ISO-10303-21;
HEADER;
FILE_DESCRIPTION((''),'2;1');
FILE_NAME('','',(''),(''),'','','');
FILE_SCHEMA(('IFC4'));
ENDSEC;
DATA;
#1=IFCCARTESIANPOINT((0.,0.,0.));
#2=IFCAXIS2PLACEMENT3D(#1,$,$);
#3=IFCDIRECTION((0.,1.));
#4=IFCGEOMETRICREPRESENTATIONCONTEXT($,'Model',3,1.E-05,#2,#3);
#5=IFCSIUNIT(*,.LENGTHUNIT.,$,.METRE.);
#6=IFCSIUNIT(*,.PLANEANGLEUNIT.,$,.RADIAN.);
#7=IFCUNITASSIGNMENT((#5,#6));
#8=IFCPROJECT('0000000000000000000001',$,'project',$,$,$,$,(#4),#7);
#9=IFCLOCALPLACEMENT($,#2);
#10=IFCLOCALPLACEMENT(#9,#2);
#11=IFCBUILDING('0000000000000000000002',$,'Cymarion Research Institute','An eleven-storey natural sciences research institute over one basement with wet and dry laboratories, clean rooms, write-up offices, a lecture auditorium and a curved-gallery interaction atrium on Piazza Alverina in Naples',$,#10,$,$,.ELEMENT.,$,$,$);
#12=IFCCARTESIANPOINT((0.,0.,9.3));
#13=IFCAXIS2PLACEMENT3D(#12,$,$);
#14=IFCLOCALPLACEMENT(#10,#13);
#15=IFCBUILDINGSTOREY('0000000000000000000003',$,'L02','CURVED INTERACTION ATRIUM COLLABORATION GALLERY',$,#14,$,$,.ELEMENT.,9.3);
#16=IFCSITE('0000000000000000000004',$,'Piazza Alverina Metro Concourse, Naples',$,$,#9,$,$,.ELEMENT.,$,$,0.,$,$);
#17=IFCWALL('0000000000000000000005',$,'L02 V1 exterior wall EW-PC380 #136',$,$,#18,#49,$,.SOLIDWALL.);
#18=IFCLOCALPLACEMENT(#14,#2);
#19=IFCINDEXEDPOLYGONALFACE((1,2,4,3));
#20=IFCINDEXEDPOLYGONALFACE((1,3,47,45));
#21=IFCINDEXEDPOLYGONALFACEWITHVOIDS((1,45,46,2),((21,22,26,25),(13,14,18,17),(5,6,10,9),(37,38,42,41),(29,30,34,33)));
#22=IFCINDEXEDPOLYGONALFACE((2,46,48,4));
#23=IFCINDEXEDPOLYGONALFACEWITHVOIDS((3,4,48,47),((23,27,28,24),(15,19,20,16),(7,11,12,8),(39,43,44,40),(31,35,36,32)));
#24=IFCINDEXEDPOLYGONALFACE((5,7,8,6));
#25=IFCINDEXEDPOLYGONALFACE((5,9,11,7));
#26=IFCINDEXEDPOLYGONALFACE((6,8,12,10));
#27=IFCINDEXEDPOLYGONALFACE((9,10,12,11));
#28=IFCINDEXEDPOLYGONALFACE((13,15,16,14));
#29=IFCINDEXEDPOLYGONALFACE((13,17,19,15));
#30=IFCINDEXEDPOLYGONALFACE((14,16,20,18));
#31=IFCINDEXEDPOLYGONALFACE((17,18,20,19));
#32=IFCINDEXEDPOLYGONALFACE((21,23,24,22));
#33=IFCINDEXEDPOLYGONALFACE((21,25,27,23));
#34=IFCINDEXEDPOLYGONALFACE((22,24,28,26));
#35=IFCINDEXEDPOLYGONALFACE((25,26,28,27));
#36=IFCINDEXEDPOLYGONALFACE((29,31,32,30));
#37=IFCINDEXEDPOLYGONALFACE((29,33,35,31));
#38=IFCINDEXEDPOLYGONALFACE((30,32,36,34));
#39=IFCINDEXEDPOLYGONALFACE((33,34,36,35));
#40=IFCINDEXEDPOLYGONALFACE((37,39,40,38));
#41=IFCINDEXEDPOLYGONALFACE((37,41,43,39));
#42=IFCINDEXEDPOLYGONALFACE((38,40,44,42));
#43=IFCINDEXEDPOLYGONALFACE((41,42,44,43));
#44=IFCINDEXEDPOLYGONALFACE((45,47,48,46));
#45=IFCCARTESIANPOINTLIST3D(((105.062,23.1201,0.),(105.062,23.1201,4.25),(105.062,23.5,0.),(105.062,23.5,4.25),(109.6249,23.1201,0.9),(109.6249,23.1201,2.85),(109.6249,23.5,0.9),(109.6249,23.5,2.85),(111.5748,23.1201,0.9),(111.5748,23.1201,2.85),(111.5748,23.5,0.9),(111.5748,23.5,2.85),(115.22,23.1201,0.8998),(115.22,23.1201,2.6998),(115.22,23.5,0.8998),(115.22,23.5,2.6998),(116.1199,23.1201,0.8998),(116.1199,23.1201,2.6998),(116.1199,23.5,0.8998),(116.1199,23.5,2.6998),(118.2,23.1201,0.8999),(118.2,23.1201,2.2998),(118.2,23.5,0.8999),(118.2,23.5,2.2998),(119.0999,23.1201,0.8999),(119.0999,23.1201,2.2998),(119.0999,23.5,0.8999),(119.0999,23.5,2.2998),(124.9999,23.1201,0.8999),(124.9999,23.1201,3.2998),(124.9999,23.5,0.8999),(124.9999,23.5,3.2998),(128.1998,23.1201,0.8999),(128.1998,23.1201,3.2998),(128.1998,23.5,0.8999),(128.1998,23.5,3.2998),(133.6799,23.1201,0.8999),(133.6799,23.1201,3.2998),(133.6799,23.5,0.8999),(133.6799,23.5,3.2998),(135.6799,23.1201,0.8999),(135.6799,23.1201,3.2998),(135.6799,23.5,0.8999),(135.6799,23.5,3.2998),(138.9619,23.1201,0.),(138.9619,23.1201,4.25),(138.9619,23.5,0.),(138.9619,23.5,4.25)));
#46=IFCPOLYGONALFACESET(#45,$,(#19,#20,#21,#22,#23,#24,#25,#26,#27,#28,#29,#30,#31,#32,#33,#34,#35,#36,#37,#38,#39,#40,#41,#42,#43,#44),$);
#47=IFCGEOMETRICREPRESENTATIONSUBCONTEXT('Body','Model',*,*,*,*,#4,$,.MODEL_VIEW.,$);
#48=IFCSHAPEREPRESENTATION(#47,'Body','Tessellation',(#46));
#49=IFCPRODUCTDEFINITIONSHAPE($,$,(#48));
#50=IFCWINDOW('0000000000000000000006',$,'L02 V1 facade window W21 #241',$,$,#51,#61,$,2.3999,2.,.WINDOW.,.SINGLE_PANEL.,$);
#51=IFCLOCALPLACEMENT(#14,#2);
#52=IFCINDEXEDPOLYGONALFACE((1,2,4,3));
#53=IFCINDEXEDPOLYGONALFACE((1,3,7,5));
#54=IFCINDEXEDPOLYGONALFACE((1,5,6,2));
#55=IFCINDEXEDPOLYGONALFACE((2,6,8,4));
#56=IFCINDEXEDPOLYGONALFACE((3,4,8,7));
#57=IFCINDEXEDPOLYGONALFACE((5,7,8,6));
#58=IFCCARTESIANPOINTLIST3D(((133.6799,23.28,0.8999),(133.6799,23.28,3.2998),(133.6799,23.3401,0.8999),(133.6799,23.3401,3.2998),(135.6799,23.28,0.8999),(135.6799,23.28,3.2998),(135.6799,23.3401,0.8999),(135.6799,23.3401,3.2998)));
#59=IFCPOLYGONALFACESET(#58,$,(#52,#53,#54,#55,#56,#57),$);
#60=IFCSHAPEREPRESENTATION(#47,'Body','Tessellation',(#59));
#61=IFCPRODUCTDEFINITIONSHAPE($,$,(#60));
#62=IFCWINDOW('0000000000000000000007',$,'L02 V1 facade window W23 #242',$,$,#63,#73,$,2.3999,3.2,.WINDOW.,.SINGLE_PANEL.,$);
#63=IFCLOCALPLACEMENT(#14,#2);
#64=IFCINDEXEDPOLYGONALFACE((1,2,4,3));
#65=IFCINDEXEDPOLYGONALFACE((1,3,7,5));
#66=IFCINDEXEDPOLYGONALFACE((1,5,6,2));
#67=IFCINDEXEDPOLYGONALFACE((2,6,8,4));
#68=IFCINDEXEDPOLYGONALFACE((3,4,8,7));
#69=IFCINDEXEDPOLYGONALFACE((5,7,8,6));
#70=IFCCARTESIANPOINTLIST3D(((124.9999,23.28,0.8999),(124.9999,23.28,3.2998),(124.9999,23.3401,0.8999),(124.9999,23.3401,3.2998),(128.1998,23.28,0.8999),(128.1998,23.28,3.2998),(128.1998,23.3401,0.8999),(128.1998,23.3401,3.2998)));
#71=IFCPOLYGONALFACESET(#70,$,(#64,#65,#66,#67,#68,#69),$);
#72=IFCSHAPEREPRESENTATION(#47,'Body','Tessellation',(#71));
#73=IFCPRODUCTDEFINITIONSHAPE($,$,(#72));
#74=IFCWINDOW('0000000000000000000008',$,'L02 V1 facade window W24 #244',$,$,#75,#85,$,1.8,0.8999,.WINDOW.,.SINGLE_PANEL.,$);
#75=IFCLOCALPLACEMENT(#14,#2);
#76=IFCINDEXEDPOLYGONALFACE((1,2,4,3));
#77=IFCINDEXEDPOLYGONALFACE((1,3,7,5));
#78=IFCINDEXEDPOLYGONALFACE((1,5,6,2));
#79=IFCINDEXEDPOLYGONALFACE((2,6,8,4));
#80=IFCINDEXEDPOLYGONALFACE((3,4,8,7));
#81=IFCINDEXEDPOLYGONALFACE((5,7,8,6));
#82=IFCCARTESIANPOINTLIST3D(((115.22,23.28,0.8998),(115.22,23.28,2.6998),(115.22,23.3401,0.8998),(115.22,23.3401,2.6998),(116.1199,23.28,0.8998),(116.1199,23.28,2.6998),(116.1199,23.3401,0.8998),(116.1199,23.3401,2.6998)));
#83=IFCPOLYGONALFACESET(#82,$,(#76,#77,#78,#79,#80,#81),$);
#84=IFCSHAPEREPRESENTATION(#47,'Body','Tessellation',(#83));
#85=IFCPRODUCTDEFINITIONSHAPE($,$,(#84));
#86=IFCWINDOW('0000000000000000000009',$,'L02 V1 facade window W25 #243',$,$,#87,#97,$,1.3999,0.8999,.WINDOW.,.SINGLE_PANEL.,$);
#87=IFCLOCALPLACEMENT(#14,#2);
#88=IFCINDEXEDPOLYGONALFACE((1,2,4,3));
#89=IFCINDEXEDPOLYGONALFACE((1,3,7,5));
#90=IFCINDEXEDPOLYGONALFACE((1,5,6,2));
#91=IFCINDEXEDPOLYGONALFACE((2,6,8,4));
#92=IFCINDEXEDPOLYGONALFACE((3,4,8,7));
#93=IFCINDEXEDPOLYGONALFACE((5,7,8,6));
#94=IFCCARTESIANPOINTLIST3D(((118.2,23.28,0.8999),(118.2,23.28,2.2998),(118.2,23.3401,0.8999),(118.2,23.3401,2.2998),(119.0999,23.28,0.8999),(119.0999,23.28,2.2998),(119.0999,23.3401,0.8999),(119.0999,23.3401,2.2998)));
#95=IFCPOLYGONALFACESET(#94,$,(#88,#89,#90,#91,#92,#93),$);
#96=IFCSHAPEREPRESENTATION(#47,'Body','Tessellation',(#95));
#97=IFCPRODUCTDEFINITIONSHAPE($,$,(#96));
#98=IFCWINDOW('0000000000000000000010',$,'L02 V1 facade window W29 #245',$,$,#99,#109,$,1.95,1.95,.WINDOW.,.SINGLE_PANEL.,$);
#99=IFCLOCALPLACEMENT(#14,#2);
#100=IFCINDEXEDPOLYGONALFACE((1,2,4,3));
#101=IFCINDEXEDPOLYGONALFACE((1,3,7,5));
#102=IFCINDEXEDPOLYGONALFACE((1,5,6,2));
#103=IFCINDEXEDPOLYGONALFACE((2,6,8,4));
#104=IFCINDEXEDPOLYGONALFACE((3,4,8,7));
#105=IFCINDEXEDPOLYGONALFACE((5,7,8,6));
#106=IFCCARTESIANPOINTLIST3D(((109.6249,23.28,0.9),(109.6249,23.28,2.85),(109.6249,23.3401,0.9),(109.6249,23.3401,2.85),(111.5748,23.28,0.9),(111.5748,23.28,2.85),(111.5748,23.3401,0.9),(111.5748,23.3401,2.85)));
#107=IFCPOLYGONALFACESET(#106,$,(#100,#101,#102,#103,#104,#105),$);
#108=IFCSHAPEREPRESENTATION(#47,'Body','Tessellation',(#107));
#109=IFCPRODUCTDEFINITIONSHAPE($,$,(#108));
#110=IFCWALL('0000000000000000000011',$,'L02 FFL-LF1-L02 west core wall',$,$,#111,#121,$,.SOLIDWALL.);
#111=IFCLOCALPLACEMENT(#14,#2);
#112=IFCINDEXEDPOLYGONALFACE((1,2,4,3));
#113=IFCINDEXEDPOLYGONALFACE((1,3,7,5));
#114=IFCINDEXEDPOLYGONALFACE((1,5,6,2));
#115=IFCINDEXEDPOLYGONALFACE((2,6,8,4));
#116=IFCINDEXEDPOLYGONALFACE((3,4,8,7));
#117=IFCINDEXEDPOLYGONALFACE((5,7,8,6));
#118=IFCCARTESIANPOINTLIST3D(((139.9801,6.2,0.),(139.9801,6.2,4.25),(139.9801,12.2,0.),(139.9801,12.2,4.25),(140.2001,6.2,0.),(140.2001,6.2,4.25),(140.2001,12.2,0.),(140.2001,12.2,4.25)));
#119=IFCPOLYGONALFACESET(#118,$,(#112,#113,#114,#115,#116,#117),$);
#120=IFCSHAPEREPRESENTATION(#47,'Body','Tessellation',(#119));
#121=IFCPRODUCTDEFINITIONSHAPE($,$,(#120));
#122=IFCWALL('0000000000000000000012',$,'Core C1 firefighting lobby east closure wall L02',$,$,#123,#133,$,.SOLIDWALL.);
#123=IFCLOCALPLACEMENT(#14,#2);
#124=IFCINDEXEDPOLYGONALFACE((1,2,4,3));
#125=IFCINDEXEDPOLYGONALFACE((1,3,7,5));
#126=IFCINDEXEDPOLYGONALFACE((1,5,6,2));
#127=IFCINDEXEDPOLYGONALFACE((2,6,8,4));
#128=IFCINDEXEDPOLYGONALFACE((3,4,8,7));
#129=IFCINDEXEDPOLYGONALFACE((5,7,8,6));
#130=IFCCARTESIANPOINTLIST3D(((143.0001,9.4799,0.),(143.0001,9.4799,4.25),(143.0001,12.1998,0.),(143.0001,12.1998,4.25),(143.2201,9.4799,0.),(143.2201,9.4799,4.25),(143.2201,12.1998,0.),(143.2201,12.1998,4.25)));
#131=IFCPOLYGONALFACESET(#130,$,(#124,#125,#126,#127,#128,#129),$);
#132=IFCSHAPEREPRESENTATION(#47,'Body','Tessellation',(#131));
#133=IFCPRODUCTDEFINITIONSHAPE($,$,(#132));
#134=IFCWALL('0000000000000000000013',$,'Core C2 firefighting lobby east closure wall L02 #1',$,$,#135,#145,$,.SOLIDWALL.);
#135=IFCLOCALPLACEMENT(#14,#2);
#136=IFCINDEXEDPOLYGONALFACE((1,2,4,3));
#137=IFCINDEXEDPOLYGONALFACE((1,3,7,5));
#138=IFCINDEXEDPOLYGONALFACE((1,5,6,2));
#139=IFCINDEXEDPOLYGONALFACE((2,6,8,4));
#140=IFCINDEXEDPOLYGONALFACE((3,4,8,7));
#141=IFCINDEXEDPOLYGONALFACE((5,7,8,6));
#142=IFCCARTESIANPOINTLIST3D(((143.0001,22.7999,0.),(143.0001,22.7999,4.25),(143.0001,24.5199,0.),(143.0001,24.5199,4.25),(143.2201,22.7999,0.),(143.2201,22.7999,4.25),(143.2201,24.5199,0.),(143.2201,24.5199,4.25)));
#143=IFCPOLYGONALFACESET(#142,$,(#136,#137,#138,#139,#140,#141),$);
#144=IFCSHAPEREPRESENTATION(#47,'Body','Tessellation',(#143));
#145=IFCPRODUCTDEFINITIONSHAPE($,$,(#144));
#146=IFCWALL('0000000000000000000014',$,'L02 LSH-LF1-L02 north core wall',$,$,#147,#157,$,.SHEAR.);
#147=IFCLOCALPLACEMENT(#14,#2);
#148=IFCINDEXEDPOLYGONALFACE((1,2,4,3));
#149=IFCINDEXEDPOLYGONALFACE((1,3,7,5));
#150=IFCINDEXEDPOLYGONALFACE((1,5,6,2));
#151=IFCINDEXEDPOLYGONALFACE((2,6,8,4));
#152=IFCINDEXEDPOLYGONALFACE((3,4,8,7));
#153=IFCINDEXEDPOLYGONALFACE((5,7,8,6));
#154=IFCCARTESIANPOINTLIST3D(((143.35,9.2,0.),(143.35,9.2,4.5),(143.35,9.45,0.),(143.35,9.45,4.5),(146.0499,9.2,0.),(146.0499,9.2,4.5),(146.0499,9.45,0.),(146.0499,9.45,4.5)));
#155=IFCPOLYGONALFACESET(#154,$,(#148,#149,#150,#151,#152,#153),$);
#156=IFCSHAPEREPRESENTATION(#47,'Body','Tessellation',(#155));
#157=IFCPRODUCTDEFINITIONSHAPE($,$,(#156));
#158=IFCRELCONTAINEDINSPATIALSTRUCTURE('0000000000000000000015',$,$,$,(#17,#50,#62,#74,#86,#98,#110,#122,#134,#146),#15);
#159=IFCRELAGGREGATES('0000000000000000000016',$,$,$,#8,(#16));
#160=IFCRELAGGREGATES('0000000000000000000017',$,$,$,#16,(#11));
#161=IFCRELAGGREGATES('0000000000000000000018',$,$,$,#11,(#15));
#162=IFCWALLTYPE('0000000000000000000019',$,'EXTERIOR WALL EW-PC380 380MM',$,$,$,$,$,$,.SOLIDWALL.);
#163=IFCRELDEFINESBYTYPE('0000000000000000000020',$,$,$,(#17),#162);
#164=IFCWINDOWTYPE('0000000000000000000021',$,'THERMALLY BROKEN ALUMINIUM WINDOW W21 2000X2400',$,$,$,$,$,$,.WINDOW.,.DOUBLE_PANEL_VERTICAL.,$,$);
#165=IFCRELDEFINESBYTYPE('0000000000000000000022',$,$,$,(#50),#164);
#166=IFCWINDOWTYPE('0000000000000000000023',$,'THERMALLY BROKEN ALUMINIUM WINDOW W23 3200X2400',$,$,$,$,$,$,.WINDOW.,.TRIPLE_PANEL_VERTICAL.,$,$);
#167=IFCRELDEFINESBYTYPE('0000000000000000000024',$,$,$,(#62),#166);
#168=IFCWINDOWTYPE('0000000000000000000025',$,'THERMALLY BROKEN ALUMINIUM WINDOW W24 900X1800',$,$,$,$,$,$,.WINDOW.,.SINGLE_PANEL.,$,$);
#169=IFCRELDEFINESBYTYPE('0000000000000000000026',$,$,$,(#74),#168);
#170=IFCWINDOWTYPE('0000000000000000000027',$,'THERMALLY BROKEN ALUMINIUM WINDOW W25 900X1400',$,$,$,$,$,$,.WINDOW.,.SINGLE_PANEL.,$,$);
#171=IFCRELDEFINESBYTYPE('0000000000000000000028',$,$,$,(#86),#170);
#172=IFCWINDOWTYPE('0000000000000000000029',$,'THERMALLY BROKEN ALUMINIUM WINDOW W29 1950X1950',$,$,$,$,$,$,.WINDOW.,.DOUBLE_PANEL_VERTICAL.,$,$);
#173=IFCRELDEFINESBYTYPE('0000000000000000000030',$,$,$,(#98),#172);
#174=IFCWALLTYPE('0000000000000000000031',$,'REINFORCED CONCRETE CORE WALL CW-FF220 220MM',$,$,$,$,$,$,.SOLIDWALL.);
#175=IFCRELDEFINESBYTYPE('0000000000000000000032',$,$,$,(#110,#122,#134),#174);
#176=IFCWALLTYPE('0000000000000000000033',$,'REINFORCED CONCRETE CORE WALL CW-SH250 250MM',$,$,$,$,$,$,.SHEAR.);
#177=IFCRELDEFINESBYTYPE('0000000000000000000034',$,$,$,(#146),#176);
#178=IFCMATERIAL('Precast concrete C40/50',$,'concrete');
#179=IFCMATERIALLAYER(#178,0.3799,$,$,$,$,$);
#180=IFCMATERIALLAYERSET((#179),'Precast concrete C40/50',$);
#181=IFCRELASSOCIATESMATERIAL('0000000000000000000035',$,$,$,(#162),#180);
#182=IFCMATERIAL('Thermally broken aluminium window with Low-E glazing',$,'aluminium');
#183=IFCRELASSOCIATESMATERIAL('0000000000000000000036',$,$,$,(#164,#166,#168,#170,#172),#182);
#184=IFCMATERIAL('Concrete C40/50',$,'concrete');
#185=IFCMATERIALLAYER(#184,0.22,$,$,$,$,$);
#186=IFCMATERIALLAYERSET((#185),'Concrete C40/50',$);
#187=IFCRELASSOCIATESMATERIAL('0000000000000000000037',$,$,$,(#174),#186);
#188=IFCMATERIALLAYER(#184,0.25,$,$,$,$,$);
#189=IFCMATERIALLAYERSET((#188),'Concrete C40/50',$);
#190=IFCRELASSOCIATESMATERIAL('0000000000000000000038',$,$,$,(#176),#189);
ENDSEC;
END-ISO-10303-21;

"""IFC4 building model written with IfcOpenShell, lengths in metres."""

from ifc_helpers import new_model, si_unit, direction, frame, frame_2d, origin, place, context, subcontext, project, spatial, rectangle, extrude, material, layer, layer_set, type_object, element, fill, save


model = new_model("IFC4")

# Units and contexts
model_context = context("Model", 3, precision=1e-05, world=origin(), true_north=direction((0.0, 1.0)))
body_context = subcontext(model_context, "Body", "Model", "MODEL_VIEW")
ifc_project = project(units=[si_unit("LENGTHUNIT", "METRE"), si_unit("PLANEANGLEUNIT", "RADIAN")], contexts=[model_context])

# Site, building, storey
site_placement = place(None, origin())
site = spatial("IfcSite", under=ifc_project, at=site_placement, Name="Piazza Alverina Metro Concourse, Naples", CompositionType="ELEMENT", RefElevation=0.0)
building_placement = place(site_placement, origin())
building = spatial("IfcBuilding", under=site, at=building_placement, Name="Cymarion Research Institute", Description="An eleven-storey natural sciences research institute over one basement with wet and dry laboratories, clean rooms, write-up offices, a lecture auditorium and a curved-gallery interaction atrium on Piazza Alverina in Naples", CompositionType="ELEMENT")
storey_placement = place(building_placement, frame((0.0, 0.0, 9.3)))
storey = spatial("IfcBuildingStorey", under=building, at=storey_placement, Name="L02", Description="CURVED INTERACTION ATRIUM COLLABORATION GALLERY", CompositionType="ELEMENT", Elevation=9.3)

# Wall, openings, windows
ifc_material_1 = material(Name="Precast concrete C40/50", Category="concrete")
ifc_layer_1 = layer(ifc_material_1, 0.3799)
ifc_layer_set_1 = layer_set([ifc_layer_1], Name="Precast concrete C40/50")
wall_type_1 = type_object("IfcWallType", Name="EXTERIOR WALL EW-PC380 380MM", PredefinedType="SOLIDWALL", material=ifc_layer_set_1)
wall_1_placement = place(storey_placement, frame((138.9619, 23.3101, 0.0), z_axis=(0.0, 0.0, 1.0), x_axis=(-1.0, 0.0, 0.0)))
wall_1 = element("IfcWall", 1, at=wall_1_placement, inside=storey, type_object=wall_type_1, Name="L02 V1 exterior wall EW-PC380 #136", PredefinedType="SOLIDWALL", context=body_context, shape_type="SweptSolid", body=[
    extrude(rectangle(XDim=33.8999, YDim=0.3799, at=frame_2d((16.95, 0.0))), origin(), (0.0, 0.0, 1.0), 4.25),
])
opening_1_placement = place(wall_1_placement, frame((3.282, 0.0, 0.8999)))
opening_1 = element("IfcOpeningElement", 2, at=opening_1_placement, cuts=wall_1, PredefinedType="OPENING", context=body_context, shape_type="SweptSolid", body=[
    extrude(rectangle(XDim=2.0, YDim=2.3999, at=frame_2d((1.0, 1.2))), frame((0.0, 0.2, 0.0), z_axis=(0.0, -1.0, 0.0), x_axis=(1.0, 0.0, 0.0)), (0.0, 0.0, 1.0), 0.3999),
])
opening_2_placement = place(wall_1_placement, frame((10.762, 0.0, 0.8999)))
opening_2 = element("IfcOpeningElement", 3, at=opening_2_placement, cuts=wall_1, PredefinedType="OPENING", context=body_context, shape_type="SweptSolid", body=[
    extrude(rectangle(XDim=3.2, YDim=2.3999, at=frame_2d((1.6001, 1.2))), frame((0.0, 0.2, 0.0), z_axis=(0.0, -1.0, 0.0), x_axis=(1.0, 0.0, 0.0)), (0.0, 0.0, 1.0), 0.3999),
])
opening_3_placement = place(wall_1_placement, frame((19.8621, 0.0, 0.8999)))
opening_3 = element("IfcOpeningElement", 4, at=opening_3_placement, cuts=wall_1, PredefinedType="OPENING", context=body_context, shape_type="SweptSolid", body=[
    extrude(rectangle(XDim=0.8999, YDim=1.3999, at=frame_2d((0.45, 0.7))), frame((0.0, 0.2, 0.0), z_axis=(0.0, -1.0, 0.0), x_axis=(1.0, 0.0, 0.0)), (0.0, 0.0, 1.0), 0.3999),
])
opening_4_placement = place(wall_1_placement, frame((22.842, 0.0, 0.8999)))
opening_4 = element("IfcOpeningElement", 5, at=opening_4_placement, cuts=wall_1, PredefinedType="OPENING", context=body_context, shape_type="SweptSolid", body=[
    extrude(rectangle(XDim=0.8999, YDim=1.8, at=frame_2d((0.45, 0.8999))), frame((0.0, 0.2, 0.0), z_axis=(0.0, -1.0, 0.0), x_axis=(1.0, 0.0, 0.0)), (0.0, 0.0, 1.0), 0.3999),
])
opening_5_placement = place(wall_1_placement, frame((27.387, 0.0, 0.8999)))
opening_5 = element("IfcOpeningElement", 6, at=opening_5_placement, cuts=wall_1, PredefinedType="OPENING", context=body_context, shape_type="SweptSolid", body=[
    extrude(rectangle(XDim=1.95, YDim=1.95, at=frame_2d((0.9751, 0.9751))), frame((0.0, 0.2, 0.0), z_axis=(0.0, -1.0, 0.0), x_axis=(1.0, 0.0, 0.0)), (0.0, 0.0, 1.0), 0.3999),
])
ifc_material_2 = material(Name="Thermally broken aluminium window with Low-E glazing", Category="aluminium")
window_type_1 = type_object("IfcWindowType", Name="THERMALLY BROKEN ALUMINIUM WINDOW W21 2000X2400", PartitioningType="DOUBLE_PANEL_VERTICAL", PredefinedType="WINDOW", material=ifc_material_2)
window_1_placement = place(opening_1_placement, origin())
window_1 = element("IfcWindow", 7, at=window_1_placement, inside=storey, type_object=window_type_1, Name="L02 V1 facade window W21 #241", OverallHeight=2.3999, OverallWidth=2.0, PartitioningType="SINGLE_PANEL", PredefinedType="WINDOW", context=body_context, shape_type="SweptSolid", body=[
    extrude(rectangle(XDim=2.0, YDim=2.3999, at=frame_2d((1.0, 1.2))), frame((0.0, 0.03, 0.0), z_axis=(0.0, -1.0, 0.0), x_axis=(1.0, 0.0, 0.0)), (0.0, 0.0, 1.0), 0.0601),
])
fill(opening_1, window_1)
window_type_2 = type_object("IfcWindowType", Name="THERMALLY BROKEN ALUMINIUM WINDOW W23 3200X2400", PartitioningType="TRIPLE_PANEL_VERTICAL", PredefinedType="WINDOW", material=ifc_material_2)
window_2_placement = place(opening_2_placement, origin())
window_2 = element("IfcWindow", 8, at=window_2_placement, inside=storey, type_object=window_type_2, Name="L02 V1 facade window W23 #242", OverallHeight=2.3999, OverallWidth=3.2, PartitioningType="SINGLE_PANEL", PredefinedType="WINDOW", context=body_context, shape_type="SweptSolid", body=[
    extrude(rectangle(XDim=3.2, YDim=2.3999, at=frame_2d((1.6001, 1.2))), frame((0.0, 0.03, 0.0), z_axis=(0.0, -1.0, 0.0), x_axis=(1.0, 0.0, 0.0)), (0.0, 0.0, 1.0), 0.0601),
])
fill(opening_2, window_2)
window_type_3 = type_object("IfcWindowType", Name="THERMALLY BROKEN ALUMINIUM WINDOW W24 900X1800", PartitioningType="SINGLE_PANEL", PredefinedType="WINDOW", material=ifc_material_2)
window_3_placement = place(opening_4_placement, origin())
window_3 = element("IfcWindow", 9, at=window_3_placement, inside=storey, type_object=window_type_3, Name="L02 V1 facade window W24 #244", OverallHeight=1.8, OverallWidth=0.8999, PartitioningType="SINGLE_PANEL", PredefinedType="WINDOW", context=body_context, shape_type="SweptSolid", body=[
    extrude(rectangle(XDim=0.8999, YDim=1.8, at=frame_2d((0.45, 0.8999))), frame((0.0, 0.03, 0.0), z_axis=(0.0, -1.0, 0.0), x_axis=(1.0, 0.0, 0.0)), (0.0, 0.0, 1.0), 0.0601),
])
fill(opening_4, window_3)
window_type_4 = type_object("IfcWindowType", Name="THERMALLY BROKEN ALUMINIUM WINDOW W25 900X1400", PartitioningType="SINGLE_PANEL", PredefinedType="WINDOW", material=ifc_material_2)
window_4_placement = place(opening_3_placement, origin())
window_4 = element("IfcWindow", 10, at=window_4_placement, inside=storey, type_object=window_type_4, Name="L02 V1 facade window W25 #243", OverallHeight=1.3999, OverallWidth=0.8999, PartitioningType="SINGLE_PANEL", PredefinedType="WINDOW", context=body_context, shape_type="SweptSolid", body=[
    extrude(rectangle(XDim=0.8999, YDim=1.3999, at=frame_2d((0.45, 0.7))), frame((0.0, 0.03, 0.0), z_axis=(0.0, -1.0, 0.0), x_axis=(1.0, 0.0, 0.0)), (0.0, 0.0, 1.0), 0.0601),
])
fill(opening_3, window_4)
window_type_5 = type_object("IfcWindowType", Name="THERMALLY BROKEN ALUMINIUM WINDOW W29 1950X1950", PartitioningType="DOUBLE_PANEL_VERTICAL", PredefinedType="WINDOW", material=ifc_material_2)
window_5_placement = place(opening_5_placement, origin())
window_5 = element("IfcWindow", 11, at=window_5_placement, inside=storey, type_object=window_type_5, Name="L02 V1 facade window W29 #245", OverallHeight=1.95, OverallWidth=1.95, PartitioningType="SINGLE_PANEL", PredefinedType="WINDOW", context=body_context, shape_type="SweptSolid", body=[
    extrude(rectangle(XDim=1.95, YDim=1.95, at=frame_2d((0.9751, 0.9751))), frame((0.0, 0.03, 0.0), z_axis=(0.0, -1.0, 0.0), x_axis=(1.0, 0.0, 0.0)), (0.0, 0.0, 1.0), 0.0601),
])
fill(opening_5, window_5)

# Shared definitions
ifc_material_3 = material(Name="Concrete C40/50", Category="concrete")
ifc_layer_2 = layer(ifc_material_3, 0.22)
ifc_layer_set_2 = layer_set([ifc_layer_2], Name="Concrete C40/50")
wall_type_2 = type_object("IfcWallType", Name="REINFORCED CONCRETE CORE WALL CW-FF220 220MM", PredefinedType="SOLIDWALL", material=ifc_layer_set_2)

# Walls
wall_2_placement = place(storey_placement, frame((140.0901, 12.2, 0.0), z_axis=(0.0, 0.0, 1.0), x_axis=(0.0, -1.0, 0.0)))
element("IfcWall", 12, at=wall_2_placement, inside=storey, type_object=wall_type_2, Name="L02 FFL-LF1-L02 west core wall", PredefinedType="SOLIDWALL", context=body_context, shape_type="SweptSolid", body=[
    extrude(rectangle(XDim=6.0, YDim=0.22, at=frame_2d((3.0, 0.0))), origin(), (0.0, 0.0, 1.0), 4.25),
])
wall_3_placement = place(storey_placement, frame((143.1101, 9.48, 0.0), z_axis=(0.0, 0.0, 1.0), x_axis=(0.0, 1.0, 0.0)))
element("IfcWall", 13, at=wall_3_placement, inside=storey, type_object=wall_type_2, Name="Core C1 firefighting lobby east closure wall L02", PredefinedType="SOLIDWALL", context=body_context, shape_type="SweptSolid", body=[
    extrude(rectangle(XDim=2.72, YDim=0.22, at=frame_2d((1.3599, 0.0))), origin(), (0.0, 0.0, 1.0), 4.25),
])

# Walls
wall_4_placement = place(storey_placement, frame((143.1101, 22.8, 0.0), z_axis=(0.0, 0.0, 1.0), x_axis=(0.0, 1.0, 0.0)))
element("IfcWall", 14, at=wall_4_placement, inside=storey, type_object=wall_type_2, Name="Core C2 firefighting lobby east closure wall L02 #1", PredefinedType="SOLIDWALL", context=body_context, shape_type="SweptSolid", body=[
    extrude(rectangle(XDim=1.72, YDim=0.22, at=frame_2d((0.8599, 0.0))), origin(), (0.0, 0.0, 1.0), 4.25),
])
ifc_layer_3 = layer(ifc_material_3, 0.25)
ifc_layer_set_3 = layer_set([ifc_layer_3], Name="Concrete C40/50")
wall_type_3 = type_object("IfcWallType", Name="REINFORCED CONCRETE CORE WALL CW-SH250 250MM", PredefinedType="SHEAR", material=ifc_layer_set_3)
wall_5_placement = place(storey_placement, frame((146.05, 9.325, 0.0), z_axis=(0.0, 0.0, 1.0), x_axis=(-1.0, 0.0, 0.0)))
element("IfcWall", 15, at=wall_5_placement, inside=storey, type_object=wall_type_3, Name="L02 LSH-LF1-L02 north core wall", PredefinedType="SHEAR", context=body_context, shape_type="SweptSolid", body=[
    extrude(rectangle(XDim=2.7, YDim=0.25, at=frame_2d((1.3501, 0.0))), origin(), (0.0, 0.0, 1.0), 4.5),
])

save(model, "model.ifc")
